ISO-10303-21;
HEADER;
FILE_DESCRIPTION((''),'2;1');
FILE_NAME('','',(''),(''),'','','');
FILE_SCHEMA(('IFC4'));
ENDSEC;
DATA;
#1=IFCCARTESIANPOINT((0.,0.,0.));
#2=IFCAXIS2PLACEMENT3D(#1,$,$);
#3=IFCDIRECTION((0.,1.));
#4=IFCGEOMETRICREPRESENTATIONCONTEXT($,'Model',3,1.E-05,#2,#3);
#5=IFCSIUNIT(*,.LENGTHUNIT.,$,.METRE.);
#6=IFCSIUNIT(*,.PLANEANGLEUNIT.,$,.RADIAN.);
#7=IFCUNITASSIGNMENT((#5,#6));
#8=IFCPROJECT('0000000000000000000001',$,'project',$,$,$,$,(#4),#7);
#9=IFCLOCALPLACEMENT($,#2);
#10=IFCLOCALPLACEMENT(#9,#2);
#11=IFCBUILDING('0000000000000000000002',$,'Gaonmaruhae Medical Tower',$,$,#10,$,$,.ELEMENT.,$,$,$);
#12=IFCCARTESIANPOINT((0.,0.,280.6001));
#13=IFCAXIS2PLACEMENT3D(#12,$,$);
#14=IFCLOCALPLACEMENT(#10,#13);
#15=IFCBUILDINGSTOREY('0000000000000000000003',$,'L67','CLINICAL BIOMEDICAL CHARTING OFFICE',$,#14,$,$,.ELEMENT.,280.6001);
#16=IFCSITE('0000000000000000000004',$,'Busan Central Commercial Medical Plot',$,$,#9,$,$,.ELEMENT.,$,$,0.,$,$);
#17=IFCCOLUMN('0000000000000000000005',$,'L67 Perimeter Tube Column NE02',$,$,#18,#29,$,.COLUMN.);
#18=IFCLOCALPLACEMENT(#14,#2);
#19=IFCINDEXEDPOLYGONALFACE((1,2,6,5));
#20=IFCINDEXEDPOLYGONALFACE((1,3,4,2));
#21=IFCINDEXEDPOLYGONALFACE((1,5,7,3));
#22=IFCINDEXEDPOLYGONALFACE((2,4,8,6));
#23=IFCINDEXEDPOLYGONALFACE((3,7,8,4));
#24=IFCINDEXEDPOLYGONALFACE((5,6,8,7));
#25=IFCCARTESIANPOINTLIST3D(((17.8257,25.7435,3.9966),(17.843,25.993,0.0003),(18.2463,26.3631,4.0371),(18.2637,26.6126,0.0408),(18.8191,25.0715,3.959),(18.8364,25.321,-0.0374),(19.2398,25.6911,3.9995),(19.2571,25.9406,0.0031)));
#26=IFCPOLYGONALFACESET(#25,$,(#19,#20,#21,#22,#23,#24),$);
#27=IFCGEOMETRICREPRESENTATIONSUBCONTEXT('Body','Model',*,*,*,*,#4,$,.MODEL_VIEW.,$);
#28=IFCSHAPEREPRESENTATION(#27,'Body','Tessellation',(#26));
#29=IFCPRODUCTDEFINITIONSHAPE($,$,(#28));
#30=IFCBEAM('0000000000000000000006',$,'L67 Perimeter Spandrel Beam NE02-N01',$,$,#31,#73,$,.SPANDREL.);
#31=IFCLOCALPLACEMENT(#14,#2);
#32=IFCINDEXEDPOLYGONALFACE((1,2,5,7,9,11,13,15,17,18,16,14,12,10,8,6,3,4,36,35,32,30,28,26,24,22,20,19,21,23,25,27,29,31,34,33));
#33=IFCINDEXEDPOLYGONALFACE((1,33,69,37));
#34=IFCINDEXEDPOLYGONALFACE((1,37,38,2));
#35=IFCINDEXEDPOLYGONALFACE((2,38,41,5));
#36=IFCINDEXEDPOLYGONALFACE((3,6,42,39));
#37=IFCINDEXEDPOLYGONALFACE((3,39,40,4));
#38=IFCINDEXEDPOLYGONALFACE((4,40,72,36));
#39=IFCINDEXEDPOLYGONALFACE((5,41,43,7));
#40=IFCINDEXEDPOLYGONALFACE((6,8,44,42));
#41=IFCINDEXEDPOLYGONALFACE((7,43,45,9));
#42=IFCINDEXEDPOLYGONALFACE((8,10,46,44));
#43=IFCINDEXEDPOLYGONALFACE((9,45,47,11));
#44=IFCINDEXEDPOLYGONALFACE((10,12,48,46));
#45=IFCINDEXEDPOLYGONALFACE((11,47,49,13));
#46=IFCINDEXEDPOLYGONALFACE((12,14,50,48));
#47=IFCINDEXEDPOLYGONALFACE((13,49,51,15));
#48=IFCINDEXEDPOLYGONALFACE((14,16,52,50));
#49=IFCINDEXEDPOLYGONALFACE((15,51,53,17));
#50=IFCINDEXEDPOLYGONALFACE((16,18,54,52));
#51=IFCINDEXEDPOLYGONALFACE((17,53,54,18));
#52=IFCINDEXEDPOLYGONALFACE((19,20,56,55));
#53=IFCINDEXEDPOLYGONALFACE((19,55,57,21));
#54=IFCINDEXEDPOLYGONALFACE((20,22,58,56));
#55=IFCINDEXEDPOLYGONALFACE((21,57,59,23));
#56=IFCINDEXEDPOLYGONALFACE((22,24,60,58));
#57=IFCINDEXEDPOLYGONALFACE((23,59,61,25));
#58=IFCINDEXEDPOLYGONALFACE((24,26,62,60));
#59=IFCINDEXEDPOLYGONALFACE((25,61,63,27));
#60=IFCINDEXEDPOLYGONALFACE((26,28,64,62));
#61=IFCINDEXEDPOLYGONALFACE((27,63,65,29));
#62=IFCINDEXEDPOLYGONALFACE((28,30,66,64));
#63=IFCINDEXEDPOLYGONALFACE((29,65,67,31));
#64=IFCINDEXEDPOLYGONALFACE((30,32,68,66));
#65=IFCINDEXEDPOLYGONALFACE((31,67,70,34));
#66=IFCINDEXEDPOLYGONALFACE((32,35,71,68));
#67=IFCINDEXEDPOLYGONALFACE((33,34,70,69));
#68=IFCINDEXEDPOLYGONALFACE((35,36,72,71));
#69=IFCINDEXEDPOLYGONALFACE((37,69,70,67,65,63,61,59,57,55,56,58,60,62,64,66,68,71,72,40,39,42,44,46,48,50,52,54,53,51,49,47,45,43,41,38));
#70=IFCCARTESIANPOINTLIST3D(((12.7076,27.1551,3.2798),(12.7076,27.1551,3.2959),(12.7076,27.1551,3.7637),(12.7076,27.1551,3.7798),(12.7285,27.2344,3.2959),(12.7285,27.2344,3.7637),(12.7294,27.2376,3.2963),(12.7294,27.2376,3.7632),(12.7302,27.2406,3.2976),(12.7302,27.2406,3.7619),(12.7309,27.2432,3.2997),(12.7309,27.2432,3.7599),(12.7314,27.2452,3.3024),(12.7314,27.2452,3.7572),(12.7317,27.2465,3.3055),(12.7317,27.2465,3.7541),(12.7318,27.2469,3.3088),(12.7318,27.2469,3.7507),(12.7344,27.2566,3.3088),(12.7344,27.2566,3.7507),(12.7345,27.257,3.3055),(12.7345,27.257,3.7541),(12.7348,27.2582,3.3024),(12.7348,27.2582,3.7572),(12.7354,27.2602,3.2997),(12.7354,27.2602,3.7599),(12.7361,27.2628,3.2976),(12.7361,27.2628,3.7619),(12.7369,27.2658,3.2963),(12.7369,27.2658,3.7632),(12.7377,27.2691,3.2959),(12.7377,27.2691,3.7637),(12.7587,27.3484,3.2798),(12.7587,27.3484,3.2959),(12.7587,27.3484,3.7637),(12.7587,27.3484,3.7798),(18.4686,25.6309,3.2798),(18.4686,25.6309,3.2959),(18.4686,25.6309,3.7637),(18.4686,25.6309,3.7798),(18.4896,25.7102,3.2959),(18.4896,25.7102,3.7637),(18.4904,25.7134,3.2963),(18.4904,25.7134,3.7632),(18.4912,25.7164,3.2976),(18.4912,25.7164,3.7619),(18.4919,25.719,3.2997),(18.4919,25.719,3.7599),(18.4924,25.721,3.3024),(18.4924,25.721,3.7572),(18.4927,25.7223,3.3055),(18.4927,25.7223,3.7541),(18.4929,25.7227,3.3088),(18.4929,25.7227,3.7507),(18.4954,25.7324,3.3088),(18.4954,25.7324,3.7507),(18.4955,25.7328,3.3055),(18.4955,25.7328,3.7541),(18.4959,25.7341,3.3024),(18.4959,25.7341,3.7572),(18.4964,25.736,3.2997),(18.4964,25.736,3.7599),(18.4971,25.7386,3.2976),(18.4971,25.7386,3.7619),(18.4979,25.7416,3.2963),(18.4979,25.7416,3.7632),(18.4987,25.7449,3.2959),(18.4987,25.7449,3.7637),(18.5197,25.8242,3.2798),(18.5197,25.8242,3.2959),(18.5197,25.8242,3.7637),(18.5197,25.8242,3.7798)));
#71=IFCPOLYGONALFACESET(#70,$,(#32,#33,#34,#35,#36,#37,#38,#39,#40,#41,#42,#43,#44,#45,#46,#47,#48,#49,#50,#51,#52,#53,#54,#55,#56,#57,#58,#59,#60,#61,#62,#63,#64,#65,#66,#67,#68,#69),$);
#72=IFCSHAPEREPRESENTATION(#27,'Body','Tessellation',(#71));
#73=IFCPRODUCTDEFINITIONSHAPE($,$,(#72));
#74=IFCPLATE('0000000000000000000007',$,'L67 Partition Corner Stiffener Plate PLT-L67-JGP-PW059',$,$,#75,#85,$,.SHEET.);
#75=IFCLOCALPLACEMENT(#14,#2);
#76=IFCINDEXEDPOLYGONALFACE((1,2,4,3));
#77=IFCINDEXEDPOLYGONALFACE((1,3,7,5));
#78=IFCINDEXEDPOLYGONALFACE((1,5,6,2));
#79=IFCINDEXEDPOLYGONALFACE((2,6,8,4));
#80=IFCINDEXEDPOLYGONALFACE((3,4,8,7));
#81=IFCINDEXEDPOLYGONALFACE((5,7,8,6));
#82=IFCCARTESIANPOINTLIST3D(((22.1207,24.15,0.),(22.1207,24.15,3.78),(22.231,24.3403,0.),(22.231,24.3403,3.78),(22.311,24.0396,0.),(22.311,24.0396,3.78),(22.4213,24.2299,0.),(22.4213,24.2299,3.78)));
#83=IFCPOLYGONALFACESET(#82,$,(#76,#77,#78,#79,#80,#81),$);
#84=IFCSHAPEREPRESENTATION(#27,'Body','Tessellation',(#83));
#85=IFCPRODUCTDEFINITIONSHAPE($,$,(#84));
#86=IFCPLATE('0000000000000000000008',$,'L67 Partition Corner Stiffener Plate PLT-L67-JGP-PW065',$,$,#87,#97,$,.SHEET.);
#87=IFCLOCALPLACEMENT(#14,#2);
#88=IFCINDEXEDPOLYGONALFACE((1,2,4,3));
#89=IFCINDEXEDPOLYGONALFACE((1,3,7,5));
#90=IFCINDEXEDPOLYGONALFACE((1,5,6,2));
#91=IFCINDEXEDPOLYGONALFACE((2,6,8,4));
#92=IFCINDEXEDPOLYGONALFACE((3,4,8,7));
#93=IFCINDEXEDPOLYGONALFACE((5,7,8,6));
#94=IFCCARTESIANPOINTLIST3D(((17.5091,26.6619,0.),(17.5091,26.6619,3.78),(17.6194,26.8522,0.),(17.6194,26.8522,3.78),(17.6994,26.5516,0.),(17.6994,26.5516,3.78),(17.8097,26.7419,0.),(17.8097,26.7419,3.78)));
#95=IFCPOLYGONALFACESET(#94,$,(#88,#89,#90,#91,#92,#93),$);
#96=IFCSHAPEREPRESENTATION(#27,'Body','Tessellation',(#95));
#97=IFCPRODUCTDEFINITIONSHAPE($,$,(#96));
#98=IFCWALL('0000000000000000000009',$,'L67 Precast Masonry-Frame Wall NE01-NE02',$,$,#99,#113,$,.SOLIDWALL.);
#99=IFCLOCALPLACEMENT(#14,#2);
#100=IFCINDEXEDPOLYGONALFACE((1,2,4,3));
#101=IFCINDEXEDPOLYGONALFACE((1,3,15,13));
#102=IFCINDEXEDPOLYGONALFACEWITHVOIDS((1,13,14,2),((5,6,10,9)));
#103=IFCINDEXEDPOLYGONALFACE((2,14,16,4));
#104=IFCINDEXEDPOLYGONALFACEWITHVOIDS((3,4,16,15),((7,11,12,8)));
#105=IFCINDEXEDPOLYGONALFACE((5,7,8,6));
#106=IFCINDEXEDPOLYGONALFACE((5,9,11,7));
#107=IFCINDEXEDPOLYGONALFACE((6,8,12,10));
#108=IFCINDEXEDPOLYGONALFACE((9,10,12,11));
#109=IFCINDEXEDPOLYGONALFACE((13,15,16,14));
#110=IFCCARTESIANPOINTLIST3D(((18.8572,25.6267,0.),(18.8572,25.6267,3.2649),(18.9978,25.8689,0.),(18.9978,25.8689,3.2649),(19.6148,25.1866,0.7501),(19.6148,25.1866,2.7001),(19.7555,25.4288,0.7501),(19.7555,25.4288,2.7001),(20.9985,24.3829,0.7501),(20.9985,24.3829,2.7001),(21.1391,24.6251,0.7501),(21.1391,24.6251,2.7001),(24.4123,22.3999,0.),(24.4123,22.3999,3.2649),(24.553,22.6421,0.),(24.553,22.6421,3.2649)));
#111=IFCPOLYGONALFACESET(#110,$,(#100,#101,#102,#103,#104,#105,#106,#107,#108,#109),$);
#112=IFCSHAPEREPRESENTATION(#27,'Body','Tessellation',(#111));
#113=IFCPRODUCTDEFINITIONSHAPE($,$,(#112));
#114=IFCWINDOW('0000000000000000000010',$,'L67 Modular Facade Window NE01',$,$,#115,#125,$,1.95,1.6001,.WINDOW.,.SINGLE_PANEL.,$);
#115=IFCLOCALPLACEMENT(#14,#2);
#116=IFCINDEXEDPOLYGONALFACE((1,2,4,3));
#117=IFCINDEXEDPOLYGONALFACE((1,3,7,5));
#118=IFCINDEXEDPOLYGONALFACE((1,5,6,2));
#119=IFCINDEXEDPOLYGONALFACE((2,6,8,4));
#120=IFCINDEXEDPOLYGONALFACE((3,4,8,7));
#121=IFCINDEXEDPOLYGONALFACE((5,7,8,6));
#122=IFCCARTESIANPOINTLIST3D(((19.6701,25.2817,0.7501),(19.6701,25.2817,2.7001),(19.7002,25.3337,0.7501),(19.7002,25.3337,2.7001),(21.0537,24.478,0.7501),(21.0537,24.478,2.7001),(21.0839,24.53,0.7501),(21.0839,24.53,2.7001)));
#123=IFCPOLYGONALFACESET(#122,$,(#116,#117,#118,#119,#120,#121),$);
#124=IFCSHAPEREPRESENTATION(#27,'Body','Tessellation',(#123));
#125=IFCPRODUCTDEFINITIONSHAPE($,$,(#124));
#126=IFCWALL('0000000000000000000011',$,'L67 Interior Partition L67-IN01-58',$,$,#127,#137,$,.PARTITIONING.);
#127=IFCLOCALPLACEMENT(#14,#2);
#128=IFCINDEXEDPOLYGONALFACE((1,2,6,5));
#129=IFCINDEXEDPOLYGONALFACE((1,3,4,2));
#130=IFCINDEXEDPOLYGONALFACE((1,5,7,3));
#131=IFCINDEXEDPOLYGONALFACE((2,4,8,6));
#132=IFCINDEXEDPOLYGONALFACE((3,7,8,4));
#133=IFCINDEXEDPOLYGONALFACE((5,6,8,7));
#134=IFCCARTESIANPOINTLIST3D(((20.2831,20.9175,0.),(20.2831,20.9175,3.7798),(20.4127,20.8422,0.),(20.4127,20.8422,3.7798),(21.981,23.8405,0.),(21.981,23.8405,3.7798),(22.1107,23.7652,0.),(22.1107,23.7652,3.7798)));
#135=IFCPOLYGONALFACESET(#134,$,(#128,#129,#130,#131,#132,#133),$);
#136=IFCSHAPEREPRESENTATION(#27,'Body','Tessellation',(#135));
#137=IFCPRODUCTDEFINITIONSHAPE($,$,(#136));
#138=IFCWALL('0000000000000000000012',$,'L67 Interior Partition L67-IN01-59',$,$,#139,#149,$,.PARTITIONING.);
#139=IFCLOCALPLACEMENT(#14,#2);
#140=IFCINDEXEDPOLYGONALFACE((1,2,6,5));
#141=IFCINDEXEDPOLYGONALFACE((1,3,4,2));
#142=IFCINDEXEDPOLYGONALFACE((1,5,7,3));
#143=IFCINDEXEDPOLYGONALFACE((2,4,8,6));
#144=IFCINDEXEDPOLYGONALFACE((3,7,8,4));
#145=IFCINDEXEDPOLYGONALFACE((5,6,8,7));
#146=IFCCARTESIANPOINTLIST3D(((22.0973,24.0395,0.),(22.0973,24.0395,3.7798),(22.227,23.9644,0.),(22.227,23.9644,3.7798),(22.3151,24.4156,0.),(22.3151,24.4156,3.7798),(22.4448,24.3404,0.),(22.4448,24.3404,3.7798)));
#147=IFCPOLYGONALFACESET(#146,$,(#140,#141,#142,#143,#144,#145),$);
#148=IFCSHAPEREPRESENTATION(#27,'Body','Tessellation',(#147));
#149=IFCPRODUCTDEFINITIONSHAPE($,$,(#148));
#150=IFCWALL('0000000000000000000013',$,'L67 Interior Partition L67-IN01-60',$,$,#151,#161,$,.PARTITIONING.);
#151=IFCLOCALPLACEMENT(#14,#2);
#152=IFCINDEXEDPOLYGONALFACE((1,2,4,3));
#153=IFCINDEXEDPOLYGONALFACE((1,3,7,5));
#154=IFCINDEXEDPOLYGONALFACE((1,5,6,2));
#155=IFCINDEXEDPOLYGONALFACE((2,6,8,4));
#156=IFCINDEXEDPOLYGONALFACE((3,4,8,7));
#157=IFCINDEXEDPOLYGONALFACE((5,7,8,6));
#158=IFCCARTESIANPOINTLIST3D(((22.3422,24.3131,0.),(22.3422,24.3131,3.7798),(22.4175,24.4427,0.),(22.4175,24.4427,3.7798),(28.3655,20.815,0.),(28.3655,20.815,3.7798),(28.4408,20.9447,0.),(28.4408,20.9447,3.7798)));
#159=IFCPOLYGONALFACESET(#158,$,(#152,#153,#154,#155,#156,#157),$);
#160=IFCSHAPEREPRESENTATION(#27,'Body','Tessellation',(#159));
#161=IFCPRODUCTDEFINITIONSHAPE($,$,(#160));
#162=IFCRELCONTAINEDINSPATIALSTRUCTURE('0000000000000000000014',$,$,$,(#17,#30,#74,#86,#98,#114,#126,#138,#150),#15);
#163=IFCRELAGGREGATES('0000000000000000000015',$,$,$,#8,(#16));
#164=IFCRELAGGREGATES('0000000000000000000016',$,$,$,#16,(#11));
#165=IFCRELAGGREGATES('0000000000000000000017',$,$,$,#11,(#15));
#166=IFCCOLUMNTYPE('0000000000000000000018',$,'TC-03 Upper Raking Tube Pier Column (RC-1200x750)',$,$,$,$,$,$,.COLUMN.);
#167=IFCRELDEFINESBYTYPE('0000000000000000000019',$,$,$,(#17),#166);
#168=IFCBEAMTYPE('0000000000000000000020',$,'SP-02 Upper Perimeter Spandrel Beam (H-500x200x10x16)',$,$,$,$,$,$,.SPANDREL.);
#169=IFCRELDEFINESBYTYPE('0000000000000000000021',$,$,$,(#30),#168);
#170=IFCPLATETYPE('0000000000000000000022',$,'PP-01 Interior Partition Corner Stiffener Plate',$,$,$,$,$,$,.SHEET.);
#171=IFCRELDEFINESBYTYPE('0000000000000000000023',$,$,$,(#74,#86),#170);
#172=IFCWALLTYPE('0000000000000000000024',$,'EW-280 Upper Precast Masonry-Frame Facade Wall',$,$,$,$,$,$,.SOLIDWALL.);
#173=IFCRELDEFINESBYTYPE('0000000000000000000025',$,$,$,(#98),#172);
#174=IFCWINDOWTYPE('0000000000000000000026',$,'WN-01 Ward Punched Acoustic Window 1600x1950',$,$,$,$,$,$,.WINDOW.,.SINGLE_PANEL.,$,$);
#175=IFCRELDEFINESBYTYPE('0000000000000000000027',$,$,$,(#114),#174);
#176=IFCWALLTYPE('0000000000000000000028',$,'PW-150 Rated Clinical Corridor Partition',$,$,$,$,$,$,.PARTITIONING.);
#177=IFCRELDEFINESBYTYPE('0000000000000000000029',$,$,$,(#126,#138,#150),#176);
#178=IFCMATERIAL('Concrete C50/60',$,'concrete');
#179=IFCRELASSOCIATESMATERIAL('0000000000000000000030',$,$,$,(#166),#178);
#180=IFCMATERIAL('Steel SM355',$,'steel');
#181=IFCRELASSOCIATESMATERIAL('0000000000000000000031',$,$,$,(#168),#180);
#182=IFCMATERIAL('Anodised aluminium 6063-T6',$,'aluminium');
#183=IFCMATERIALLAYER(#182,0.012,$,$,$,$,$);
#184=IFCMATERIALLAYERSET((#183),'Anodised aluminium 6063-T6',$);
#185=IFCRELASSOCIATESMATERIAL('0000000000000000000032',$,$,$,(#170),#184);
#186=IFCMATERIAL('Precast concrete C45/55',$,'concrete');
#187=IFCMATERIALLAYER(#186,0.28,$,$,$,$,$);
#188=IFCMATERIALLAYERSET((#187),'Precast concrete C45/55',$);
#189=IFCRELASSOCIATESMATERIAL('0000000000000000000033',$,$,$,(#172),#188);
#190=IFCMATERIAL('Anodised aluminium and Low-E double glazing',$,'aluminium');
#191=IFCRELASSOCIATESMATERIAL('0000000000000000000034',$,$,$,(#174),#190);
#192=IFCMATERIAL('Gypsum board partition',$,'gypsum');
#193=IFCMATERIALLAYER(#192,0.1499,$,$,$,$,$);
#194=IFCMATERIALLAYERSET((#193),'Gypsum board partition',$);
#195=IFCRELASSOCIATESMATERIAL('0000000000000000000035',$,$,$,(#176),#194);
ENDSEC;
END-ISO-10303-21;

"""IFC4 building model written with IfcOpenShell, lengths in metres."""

from ifc_helpers import new_model, si_unit, direction, frame, frame_2d, origin, origin_2d, place, context, subcontext, project, spatial, rectangle, i_section, extrude, material, layer, layer_set, material_profile, profile_set, type_object, element, fill, save


model = new_model("IFC4")

# Units and contexts
model_context = context("Model", 3, precision=1e-05, world=origin(), true_north=direction((0.0, 1.0)))
body_context = subcontext(model_context, "Body", "Model", "MODEL_VIEW")
ifc_project = project(units=[si_unit("LENGTHUNIT", "METRE"), si_unit("PLANEANGLEUNIT", "RADIAN")], contexts=[model_context])

# Site, building, storey
site_placement = place(None, origin())
site = spatial("IfcSite", under=ifc_project, at=site_placement, Name="Busan Central Commercial Medical Plot", CompositionType="ELEMENT", RefElevation=0.0)
building_placement = place(site_placement, origin())
building = spatial("IfcBuilding", under=site, at=building_placement, Name="Gaonmaruhae Medical Tower", CompositionType="ELEMENT")
storey_placement = place(building_placement, frame((0.0, 0.0, 280.6001)))
storey = spatial("IfcBuildingStorey", under=building, at=storey_placement, Name="L67", Description="CLINICAL BIOMEDICAL CHARTING OFFICE", CompositionType="ELEMENT", Elevation=280.6001)

# Column
ifc_material_1 = material(Name="Concrete C50/60", Category="concrete")
ifc_material_profile_1 = material_profile(ifc_material_1, rectangle(XDim=1.2, YDim=0.75, at=origin_2d()), Name="RC-1200x750")
ifc_profile_set_1 = profile_set([ifc_material_profile_1], Name="Concrete C50/60")
column_type = type_object("IfcColumnType", Name="TC-03 Upper Raking Tube Pier Column (RC-1200x750)", PredefinedType="COLUMN", material=ifc_profile_set_1)
column_placement = place(storey_placement, frame((18.55, 25.9668, 0.0017), z_axis=(-0.004329, -0.062313, 0.998047), x_axis=(-0.827893, 0.560008, 0.031373)))
element("IfcColumn", 1, at=column_placement, inside=storey, type_object=column_type, Name="L67 Perimeter Tube Column NE02", PredefinedType="COLUMN", context=body_context, shape_type="SweptSolid", body=[
    extrude(rectangle(XDim=1.2, YDim=0.75, at=origin_2d()), origin(), (0.0, 0.0, 1.0), 4.0042),
])

# Beam
ifc_material_2 = material(Name="Steel SM355", Category="steel")
ifc_material_profile_2 = material_profile(ifc_material_2, i_section(OverallWidth=0.2, OverallDepth=0.5, WebThickness=0.01, FlangeThickness=0.0161, FilletRadius=0.0129, at=origin_2d()), Name="H-500x200x10x16")
ifc_profile_set_2 = profile_set([ifc_material_profile_2], Name="Steel SM355")
beam_type = type_object("IfcBeamType", Name="SP-02 Upper Perimeter Spandrel Beam (H-500x200x10x16)", PredefinedType="SPANDREL", material=ifc_profile_set_2)
beam_placement = place(storey_placement, frame((18.4941, 25.7275, 3.5298), z_axis=(-0.966738, 0.255768, 0.0), x_axis=(-0.255768, -0.966738, 0.0)))
element("IfcBeam", 2, at=beam_placement, inside=storey, type_object=beam_type, Name="L67 Perimeter Spandrel Beam NE02-N01", PredefinedType="SPANDREL", context=body_context, shape_type="SweptSolid", body=[
    extrude(i_section(OverallWidth=0.2, OverallDepth=0.5, WebThickness=0.01, FlangeThickness=0.0161, FilletRadius=0.0129, at=origin_2d()), origin(), (0.0, 0.0, 1.0), 5.9592),
])

# Plates
ifc_material_3 = material(Name="Anodised aluminium 6063-T6", Category="aluminium")
ifc_layer_1 = layer(ifc_material_3, 0.012)
ifc_layer_set_1 = layer_set([ifc_layer_1], Name="Anodised aluminium 6063-T6")
plate_type = type_object("IfcPlateType", Name="PP-01 Interior Partition Corner Stiffener Plate", PredefinedType="SHEET", material=ifc_layer_set_1)
for number, where, z_axis, x_axis, name in (
    (3, (22.271, 24.1899, 0.0), (0.0, 0.0, 1.0), (0.501586, 0.865108, 0.0), "L67 Partition Corner Stiffener Plate PLT-L67-JGP-PW059"),
    (4, (17.6594, 26.7019, 0.0), (0.0, 0.0, 1.0), (0.501632, 0.865081, 0.0), "L67 Partition Corner Stiffener Plate PLT-L67-JGP-PW065"),
):
    element("IfcPlate", number, at=place(storey_placement, frame(where, z_axis=z_axis, x_axis=x_axis)), inside=storey, type_object=plate_type, Name=name, PredefinedType="SHEET", context=body_context, shape_type="SweptSolid", body=[
        extrude(rectangle(XDim=0.22, YDim=0.22, at=origin_2d()), origin(), (0.0, 0.0, 1.0), 3.78),
    ])

# Wall, opening, window
ifc_material_4 = material(Name="Precast concrete C45/55", Category="concrete")
ifc_layer_2 = layer(ifc_material_4, 0.28)
ifc_layer_set_2 = layer_set([ifc_layer_2], Name="Precast concrete C45/55")
wall_type_1 = type_object("IfcWallType", Name="EW-280 Upper Precast Masonry-Frame Facade Wall", PredefinedType="SOLIDWALL", material=ifc_layer_set_2)
wall_1_placement = place(storey_placement, frame((18.9275, 25.7478, 0.0), z_axis=(0.0, 0.0, 1.0), x_axis=(0.864706, -0.502278, 0.0)))
wall_1 = element("IfcWall", 5, at=wall_1_placement, inside=storey, type_object=wall_type_1, Name="L67 Precast Masonry-Frame Wall NE01-NE02", PredefinedType="SOLIDWALL", context=body_context, shape_type="SweptSolid", body=[
    extrude(rectangle(XDim=6.4243, YDim=0.28, at=frame_2d((3.2122, 0.0))), origin(), (0.0, 0.0, 1.0), 3.2649),
])
opening_1_placement = place(wall_1_placement, frame((0.8762, 0.0, 0.75)))
opening_1 = element("IfcOpeningElement", 6, at=opening_1_placement, cuts=wall_1, PredefinedType="OPENING", context=body_context, shape_type="SweptSolid", body=[
    extrude(rectangle(XDim=1.6001, YDim=1.95, at=frame_2d((0.8, 0.9751))), frame((0.0, 0.1499, 0.0), z_axis=(0.0, -1.0, 0.0), x_axis=(1.0, 0.0, 0.0)), (0.0, 0.0, 1.0), 0.3),
])
ifc_material_5 = material(Name="Anodised aluminium and Low-E double glazing", Category="aluminium")
window_type = type_object("IfcWindowType", Name="WN-01 Ward Punched Acoustic Window 1600x1950", PartitioningType="SINGLE_PANEL", PredefinedType="WINDOW", material=ifc_material_5)
window_placement = place(opening_1_placement, origin())
window = element("IfcWindow", 7, at=window_placement, inside=storey, type_object=window_type, Name="L67 Modular Facade Window NE01", OverallHeight=1.95, OverallWidth=1.6001, PartitioningType="SINGLE_PANEL", PredefinedType="WINDOW", context=body_context, shape_type="SweptSolid", body=[
    extrude(rectangle(XDim=1.6001, YDim=1.95, at=frame_2d((0.8, 0.9751))), frame((0.0, 0.03, 0.0), z_axis=(0.0, -1.0, 0.0), x_axis=(1.0, 0.0, 0.0)), (0.0, 0.0, 1.0), 0.0601),
])
fill(opening_1, window)

# Walls
ifc_material_6 = material(Name="Gypsum board partition", Category="gypsum")
ifc_layer_3 = layer(ifc_material_6, 0.1499)
ifc_layer_set_3 = layer_set([ifc_layer_3], Name="Gypsum board partition")
wall_type_2 = type_object("IfcWallType", Name="PW-150 Rated Clinical Corridor Partition", PredefinedType="PARTITIONING", material=ifc_layer_set_3)
wall_2_placement = place(storey_placement, frame((20.3479, 20.8799, 0.0), z_axis=(0.0, 0.0, 1.0), x_axis=(0.502294, 0.864697, 0.0)))
element("IfcWall", 8, at=wall_2_placement, inside=storey, type_object=wall_type_2, Name="L67 Interior Partition L67-IN01-58", PredefinedType="PARTITIONING", context=body_context, shape_type="SweptSolid", body=[
    extrude(rectangle(XDim=3.3804, YDim=0.1499, at=frame_2d((1.6902, 0.0))), origin(), (0.0, 0.0, 1.0), 3.7798),
])
wall_3_placement = place(storey_placement, frame((22.1621, 24.002, 0.0), z_axis=(0.0, 0.0, 1.0), x_axis=(0.501213, 0.865324, 0.0)))
element("IfcWall", 9, at=wall_3_placement, inside=storey, type_object=wall_type_2, Name="L67 Interior Partition L67-IN01-59", PredefinedType="PARTITIONING", context=body_context, shape_type="SweptSolid", body=[
    extrude(rectangle(XDim=0.4346, YDim=0.1499, at=frame_2d((0.2173, 0.0))), origin(), (0.0, 0.0, 1.0), 3.7798),
])
wall_4_placement = place(storey_placement, frame((22.3799, 24.3779, 0.0), z_axis=(0.0, 0.0, 1.0), x_axis=(0.864745, -0.502212, 0.0)))
element("IfcWall", 10, at=wall_4_placement, inside=storey, type_object=wall_type_2, Name="L67 Interior Partition L67-IN01-60", PredefinedType="PARTITIONING", context=body_context, shape_type="SweptSolid", body=[
    extrude(rectangle(XDim=6.9653, YDim=0.1499, at=frame_2d((3.4827, 0.0))), origin(), (0.0, 0.0, 1.0), 3.7798),
])

save(model, "model.ifc")
